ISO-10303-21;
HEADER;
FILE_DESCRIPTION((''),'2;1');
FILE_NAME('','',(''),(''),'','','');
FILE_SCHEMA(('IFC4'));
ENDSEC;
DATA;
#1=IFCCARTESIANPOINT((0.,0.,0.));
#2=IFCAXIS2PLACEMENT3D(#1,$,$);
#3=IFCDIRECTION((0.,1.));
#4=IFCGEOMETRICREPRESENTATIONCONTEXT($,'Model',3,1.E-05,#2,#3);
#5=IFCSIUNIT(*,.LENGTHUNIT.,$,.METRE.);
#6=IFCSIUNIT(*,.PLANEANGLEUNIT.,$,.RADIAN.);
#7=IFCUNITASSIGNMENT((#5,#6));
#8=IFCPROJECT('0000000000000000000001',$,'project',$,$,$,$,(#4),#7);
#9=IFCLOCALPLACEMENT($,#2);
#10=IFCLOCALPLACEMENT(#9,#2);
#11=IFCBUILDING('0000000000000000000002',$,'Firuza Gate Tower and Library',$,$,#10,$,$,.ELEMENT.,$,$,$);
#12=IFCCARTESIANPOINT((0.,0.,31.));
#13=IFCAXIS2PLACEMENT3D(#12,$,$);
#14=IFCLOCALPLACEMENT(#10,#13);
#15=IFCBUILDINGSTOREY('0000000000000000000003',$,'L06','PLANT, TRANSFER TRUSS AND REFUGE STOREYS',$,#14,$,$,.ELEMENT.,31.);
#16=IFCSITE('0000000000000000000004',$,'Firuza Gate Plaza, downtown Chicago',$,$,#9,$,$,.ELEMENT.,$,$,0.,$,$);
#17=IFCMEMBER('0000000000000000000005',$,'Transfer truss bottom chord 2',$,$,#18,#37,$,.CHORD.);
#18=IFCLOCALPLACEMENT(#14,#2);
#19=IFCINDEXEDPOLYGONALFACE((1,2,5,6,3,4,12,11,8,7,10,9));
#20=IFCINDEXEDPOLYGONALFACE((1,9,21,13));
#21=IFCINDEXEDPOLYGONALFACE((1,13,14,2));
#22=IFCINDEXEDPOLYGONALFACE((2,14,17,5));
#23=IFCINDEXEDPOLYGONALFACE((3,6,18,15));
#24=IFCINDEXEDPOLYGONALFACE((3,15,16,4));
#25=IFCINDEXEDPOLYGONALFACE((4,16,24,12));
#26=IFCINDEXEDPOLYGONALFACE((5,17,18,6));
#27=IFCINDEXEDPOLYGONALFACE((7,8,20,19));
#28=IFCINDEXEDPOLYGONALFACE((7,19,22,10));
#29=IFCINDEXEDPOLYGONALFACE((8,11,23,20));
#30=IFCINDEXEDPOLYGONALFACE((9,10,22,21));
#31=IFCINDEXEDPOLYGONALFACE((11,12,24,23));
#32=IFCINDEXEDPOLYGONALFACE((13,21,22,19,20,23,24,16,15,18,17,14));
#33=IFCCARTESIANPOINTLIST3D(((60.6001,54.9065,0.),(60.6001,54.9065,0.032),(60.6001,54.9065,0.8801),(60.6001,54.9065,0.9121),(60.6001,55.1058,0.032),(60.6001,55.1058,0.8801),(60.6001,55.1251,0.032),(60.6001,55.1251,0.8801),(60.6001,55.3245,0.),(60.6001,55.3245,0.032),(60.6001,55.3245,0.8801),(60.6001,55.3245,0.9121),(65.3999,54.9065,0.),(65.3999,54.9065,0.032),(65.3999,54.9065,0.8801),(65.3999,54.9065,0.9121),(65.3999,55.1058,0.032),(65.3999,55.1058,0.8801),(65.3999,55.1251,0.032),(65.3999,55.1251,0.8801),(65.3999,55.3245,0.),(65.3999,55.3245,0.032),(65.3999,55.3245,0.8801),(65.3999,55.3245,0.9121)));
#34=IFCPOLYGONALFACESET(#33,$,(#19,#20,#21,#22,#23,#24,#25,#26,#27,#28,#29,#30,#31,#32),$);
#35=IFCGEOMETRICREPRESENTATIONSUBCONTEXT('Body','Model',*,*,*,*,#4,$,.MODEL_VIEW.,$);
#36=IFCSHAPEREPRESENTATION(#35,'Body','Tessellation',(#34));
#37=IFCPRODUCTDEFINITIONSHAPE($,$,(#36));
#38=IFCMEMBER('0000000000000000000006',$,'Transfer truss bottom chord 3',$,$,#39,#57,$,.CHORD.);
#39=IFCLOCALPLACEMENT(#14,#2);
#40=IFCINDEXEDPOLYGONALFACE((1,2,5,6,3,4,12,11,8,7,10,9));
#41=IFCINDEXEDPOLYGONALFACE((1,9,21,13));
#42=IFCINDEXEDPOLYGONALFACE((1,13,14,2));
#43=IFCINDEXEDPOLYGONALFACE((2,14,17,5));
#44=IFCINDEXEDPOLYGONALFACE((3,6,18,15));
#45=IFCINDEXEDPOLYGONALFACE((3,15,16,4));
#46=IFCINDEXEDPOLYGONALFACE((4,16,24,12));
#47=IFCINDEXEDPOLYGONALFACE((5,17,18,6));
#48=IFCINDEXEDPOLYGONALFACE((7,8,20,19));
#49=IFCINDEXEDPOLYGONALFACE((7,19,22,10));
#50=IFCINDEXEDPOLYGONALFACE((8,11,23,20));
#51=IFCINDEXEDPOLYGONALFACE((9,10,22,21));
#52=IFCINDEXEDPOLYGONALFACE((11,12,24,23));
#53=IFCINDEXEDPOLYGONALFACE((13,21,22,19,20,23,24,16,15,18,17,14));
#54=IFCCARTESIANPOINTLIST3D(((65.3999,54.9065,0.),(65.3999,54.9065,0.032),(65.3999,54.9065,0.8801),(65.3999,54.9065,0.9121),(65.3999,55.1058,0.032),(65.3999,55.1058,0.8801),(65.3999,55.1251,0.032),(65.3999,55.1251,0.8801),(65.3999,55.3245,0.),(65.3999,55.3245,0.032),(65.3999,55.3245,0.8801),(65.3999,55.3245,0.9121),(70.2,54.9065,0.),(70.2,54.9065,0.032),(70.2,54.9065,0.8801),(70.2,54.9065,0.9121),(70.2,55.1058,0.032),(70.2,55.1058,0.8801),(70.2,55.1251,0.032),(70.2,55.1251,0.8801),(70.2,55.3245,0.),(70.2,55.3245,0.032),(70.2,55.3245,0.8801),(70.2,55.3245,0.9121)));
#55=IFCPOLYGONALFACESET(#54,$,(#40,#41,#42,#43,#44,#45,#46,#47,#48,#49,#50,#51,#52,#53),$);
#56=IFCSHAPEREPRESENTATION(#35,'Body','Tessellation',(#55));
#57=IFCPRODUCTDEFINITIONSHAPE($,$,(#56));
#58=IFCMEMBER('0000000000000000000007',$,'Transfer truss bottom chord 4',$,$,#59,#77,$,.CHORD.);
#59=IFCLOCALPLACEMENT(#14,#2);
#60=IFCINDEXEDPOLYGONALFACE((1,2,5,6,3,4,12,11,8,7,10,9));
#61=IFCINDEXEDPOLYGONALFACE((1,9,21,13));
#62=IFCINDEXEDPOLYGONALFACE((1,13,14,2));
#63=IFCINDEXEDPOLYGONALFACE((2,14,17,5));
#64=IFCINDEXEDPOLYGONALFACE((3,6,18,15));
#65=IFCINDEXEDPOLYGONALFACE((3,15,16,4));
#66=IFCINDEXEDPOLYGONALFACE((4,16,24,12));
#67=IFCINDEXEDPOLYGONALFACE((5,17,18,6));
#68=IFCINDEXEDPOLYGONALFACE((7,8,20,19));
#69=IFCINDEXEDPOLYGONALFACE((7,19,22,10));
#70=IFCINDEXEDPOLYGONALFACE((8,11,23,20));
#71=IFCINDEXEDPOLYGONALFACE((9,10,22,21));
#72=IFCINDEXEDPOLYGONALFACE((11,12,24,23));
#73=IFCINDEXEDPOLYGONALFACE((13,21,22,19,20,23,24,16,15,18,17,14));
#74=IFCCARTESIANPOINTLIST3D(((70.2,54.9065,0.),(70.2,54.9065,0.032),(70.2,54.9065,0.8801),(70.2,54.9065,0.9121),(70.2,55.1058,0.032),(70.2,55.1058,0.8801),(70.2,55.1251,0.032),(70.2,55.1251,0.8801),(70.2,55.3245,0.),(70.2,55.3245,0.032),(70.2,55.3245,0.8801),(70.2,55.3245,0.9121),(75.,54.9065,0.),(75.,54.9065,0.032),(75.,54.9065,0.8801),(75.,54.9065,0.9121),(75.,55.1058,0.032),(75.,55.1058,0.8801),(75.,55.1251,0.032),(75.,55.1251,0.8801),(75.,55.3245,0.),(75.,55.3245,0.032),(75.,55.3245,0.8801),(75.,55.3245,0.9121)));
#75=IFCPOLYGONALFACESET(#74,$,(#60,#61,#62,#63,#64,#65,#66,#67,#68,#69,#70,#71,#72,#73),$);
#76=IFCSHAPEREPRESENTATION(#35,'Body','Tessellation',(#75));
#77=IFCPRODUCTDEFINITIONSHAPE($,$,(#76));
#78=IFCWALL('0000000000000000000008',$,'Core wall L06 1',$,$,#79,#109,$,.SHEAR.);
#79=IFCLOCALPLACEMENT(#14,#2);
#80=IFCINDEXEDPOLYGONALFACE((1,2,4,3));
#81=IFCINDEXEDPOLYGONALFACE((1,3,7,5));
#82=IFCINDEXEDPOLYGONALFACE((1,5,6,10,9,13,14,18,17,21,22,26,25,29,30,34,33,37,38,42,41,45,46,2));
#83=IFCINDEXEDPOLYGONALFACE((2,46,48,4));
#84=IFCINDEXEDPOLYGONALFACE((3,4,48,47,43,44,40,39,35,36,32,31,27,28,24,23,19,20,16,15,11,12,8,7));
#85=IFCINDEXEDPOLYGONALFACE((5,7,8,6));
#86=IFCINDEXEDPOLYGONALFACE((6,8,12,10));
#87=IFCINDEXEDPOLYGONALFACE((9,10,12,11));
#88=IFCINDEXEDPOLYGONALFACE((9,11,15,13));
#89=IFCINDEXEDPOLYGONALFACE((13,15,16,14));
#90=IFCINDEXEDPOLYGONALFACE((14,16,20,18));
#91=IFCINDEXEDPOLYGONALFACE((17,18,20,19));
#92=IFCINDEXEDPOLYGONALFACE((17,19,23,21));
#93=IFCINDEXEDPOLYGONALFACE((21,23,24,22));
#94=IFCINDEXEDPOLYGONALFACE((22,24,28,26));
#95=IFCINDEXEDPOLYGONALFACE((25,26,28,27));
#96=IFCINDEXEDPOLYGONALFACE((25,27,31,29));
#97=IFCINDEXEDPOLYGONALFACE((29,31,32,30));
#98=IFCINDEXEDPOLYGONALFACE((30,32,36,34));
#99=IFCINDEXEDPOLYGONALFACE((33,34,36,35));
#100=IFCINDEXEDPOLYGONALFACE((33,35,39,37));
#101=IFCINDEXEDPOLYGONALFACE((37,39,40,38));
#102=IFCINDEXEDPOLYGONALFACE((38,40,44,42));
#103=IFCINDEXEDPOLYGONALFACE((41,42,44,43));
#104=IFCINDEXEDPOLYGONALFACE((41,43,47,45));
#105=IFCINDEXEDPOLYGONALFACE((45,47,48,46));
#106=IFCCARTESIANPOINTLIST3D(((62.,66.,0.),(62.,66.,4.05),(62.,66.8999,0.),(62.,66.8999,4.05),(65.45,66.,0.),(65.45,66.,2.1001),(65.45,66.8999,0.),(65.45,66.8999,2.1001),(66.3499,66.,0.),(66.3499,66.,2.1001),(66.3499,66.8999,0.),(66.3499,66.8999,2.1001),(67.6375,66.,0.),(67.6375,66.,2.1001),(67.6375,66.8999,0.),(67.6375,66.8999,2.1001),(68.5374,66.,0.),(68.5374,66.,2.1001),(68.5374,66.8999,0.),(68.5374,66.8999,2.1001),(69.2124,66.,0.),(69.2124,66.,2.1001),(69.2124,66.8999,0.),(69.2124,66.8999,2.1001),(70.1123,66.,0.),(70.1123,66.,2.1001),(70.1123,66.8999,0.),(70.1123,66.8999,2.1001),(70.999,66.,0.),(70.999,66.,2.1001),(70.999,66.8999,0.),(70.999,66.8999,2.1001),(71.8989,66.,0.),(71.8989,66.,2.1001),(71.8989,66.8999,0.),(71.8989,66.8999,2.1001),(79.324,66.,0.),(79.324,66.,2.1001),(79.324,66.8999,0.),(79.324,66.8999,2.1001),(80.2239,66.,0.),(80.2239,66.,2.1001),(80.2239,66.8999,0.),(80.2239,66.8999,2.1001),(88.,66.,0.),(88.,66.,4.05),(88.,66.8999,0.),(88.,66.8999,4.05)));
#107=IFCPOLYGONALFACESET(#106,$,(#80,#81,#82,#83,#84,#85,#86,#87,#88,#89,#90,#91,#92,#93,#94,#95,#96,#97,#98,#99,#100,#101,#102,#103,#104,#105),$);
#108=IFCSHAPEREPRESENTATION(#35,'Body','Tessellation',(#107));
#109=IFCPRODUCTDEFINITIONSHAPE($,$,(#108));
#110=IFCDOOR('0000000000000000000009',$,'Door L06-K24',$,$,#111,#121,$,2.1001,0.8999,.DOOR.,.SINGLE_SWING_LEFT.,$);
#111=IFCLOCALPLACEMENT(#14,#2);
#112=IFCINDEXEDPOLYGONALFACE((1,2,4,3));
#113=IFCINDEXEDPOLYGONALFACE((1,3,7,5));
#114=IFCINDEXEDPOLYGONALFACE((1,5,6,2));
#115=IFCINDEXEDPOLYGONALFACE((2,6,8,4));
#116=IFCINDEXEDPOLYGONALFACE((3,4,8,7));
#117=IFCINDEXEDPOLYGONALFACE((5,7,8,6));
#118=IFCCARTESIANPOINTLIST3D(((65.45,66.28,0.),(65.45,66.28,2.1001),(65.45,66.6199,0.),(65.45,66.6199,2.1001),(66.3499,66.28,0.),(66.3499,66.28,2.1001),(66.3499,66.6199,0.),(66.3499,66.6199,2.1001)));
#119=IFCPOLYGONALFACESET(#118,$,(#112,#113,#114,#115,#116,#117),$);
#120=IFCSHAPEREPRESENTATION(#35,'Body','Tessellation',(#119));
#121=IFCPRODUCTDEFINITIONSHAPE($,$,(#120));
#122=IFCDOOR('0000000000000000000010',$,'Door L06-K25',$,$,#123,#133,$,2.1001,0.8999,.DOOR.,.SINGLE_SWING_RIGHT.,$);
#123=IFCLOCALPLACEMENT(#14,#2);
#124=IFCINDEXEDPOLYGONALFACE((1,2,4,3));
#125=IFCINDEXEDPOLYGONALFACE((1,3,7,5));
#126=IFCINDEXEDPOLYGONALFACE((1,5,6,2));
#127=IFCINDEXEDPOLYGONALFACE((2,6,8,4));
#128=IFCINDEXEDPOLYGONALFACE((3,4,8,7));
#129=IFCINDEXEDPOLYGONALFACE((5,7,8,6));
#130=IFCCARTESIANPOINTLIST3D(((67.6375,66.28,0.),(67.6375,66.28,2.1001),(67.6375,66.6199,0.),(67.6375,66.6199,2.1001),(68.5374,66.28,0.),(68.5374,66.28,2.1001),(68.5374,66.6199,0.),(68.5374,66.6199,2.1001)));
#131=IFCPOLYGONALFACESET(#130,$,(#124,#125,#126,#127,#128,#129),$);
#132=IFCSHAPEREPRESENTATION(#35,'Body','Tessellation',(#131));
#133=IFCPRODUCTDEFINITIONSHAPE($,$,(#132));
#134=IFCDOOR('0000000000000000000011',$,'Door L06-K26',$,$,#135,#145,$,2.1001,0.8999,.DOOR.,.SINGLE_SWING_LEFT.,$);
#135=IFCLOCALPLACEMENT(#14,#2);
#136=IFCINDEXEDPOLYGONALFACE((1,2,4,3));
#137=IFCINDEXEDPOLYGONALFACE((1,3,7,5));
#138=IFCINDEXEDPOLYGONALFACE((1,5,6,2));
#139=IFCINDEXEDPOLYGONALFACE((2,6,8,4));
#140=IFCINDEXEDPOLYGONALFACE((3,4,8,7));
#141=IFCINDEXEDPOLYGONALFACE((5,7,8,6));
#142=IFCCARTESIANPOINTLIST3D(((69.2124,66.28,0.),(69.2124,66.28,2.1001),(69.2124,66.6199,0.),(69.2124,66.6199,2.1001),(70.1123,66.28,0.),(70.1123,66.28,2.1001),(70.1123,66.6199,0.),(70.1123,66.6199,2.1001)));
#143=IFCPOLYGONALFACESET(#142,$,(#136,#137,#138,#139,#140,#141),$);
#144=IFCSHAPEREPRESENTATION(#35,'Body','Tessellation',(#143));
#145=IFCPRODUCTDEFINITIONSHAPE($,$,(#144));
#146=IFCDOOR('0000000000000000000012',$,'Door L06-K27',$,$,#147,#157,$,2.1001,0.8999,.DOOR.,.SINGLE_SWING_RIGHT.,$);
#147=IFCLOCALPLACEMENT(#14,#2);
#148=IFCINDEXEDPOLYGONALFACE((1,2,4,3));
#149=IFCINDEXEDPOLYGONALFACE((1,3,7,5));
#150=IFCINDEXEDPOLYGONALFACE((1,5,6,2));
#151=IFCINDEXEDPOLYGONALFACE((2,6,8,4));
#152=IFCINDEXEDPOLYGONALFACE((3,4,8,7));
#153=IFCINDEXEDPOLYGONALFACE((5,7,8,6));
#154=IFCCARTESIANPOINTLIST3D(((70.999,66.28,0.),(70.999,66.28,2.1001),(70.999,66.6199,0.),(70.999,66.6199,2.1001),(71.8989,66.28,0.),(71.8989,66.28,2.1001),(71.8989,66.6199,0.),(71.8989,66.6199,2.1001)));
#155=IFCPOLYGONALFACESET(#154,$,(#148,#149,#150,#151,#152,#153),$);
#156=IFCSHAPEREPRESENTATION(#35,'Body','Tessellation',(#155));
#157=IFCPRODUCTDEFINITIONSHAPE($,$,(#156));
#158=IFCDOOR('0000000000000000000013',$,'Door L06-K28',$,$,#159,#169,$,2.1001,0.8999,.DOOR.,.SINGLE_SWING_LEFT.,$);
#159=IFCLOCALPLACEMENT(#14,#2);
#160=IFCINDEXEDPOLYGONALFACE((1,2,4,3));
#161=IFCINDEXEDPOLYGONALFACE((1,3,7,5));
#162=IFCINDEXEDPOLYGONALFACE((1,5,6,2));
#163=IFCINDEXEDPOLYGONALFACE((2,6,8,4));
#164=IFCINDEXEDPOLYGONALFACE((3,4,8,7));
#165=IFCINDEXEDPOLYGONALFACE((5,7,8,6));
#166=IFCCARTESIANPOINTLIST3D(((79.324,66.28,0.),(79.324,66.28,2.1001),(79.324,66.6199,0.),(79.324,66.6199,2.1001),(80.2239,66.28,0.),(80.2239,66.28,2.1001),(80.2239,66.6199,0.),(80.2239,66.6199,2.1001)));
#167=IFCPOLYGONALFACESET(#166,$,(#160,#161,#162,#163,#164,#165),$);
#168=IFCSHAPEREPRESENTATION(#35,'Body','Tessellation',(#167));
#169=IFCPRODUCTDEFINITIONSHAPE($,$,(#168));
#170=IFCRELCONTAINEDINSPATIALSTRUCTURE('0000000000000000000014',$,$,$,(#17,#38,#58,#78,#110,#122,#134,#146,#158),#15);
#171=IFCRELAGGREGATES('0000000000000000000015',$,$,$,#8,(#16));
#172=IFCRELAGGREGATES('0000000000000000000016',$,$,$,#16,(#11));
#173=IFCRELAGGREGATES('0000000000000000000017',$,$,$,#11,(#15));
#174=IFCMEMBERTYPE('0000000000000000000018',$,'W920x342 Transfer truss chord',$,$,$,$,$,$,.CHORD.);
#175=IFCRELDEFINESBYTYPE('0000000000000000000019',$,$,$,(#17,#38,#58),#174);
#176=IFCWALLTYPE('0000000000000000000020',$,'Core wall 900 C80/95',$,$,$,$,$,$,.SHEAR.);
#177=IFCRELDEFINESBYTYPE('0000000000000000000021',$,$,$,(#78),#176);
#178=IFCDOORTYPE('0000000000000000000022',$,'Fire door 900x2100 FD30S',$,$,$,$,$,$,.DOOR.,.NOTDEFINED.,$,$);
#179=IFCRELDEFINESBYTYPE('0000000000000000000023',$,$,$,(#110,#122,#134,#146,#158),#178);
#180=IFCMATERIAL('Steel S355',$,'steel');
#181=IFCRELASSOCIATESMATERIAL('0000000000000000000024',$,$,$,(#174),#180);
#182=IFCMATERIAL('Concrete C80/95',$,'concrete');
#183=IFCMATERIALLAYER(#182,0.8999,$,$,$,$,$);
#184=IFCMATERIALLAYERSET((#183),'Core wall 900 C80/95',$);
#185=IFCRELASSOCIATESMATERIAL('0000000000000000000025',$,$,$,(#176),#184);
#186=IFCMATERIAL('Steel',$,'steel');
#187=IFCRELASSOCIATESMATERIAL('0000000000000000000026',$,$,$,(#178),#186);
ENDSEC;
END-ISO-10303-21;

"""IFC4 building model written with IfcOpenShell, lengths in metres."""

from ifc_helpers import new_model, si_unit, direction, frame, frame_2d, origin, origin_2d, place, context, subcontext, project, spatial, rectangle, i_section, extrude, material, layer, layer_set, material_profile, profile_set, type_object, element, fill, save


model = new_model("IFC4")

# Units and contexts
model_context = context("Model", 3, precision=1e-05, world=origin(), true_north=direction((0.0, 1.0)))
body_context = subcontext(model_context, "Body", "Model", "MODEL_VIEW")
ifc_project = project(units=[si_unit("LENGTHUNIT", "METRE"), si_unit("PLANEANGLEUNIT", "RADIAN")], contexts=[model_context])

# Site, building, storey
site_placement = place(None, origin())
site = spatial("IfcSite", under=ifc_project, at=site_placement, Name="Firuza Gate Plaza, downtown Chicago", CompositionType="ELEMENT", RefElevation=0.0)
building_placement = place(site_placement, origin())
building = spatial("IfcBuilding", under=site, at=building_placement, Name="Firuza Gate Tower and Library", CompositionType="ELEMENT")
storey_placement = place(building_placement, frame((0.0, 0.0, 31.0)))
storey = spatial("IfcBuildingStorey", under=building, at=storey_placement, Name="L06", Description="PLANT, TRANSFER TRUSS AND REFUGE STOREYS", CompositionType="ELEMENT", Elevation=31.0)

# Members
ifc_material_1 = material(Name="Steel S355", Category="steel")
ifc_material_profile_1 = material_profile(ifc_material_1, i_section(OverallWidth=0.418, OverallDepth=0.9121, WebThickness=0.0193, FlangeThickness=0.032, at=origin_2d()))
ifc_profile_set_1 = profile_set([ifc_material_profile_1], Name="Steel S355")
member_type_1 = type_object("IfcMemberType", Name="W920x342 Transfer truss chord", PredefinedType="CHORD", material=ifc_profile_set_1)
member_1_placement = place(storey_placement, frame((60.6001, 55.1155, 0.4561), z_axis=(1.0, 0.0, 0.0), x_axis=(0.0, 1.0, 0.0)))
element("IfcMember", 1, at=member_1_placement, inside=storey, type_object=member_type_1, Name="Transfer truss bottom chord 2", PredefinedType="CHORD", context=body_context, shape_type="SweptSolid", body=[
    extrude(i_section(OverallWidth=0.418, OverallDepth=0.9121, WebThickness=0.0193, FlangeThickness=0.032, at=origin_2d()), origin(), (0.0, 0.0, 1.0), 4.7998),
])
for number, where, z_axis, x_axis, name in (
    (2, (65.3999, 55.1155, 0.4561), (1.0, 0.0, 0.0), (0.0, 1.0, 0.0), "Transfer truss bottom chord 3"),
    (3, (70.2, 55.1155, 0.4561), (1.0, 0.0, 0.0), (0.0, 1.0, 0.0), "Transfer truss bottom chord 4"),
):
    element("IfcMember", number, at=place(storey_placement, frame(where, z_axis=z_axis, x_axis=x_axis)), inside=storey, type_object=member_type_1, Name=name, PredefinedType="CHORD", context=body_context, shape_type="SweptSolid", body=[
        extrude(i_section(OverallWidth=0.418, OverallDepth=0.9121, WebThickness=0.0193, FlangeThickness=0.032, at=origin_2d()), origin(), (0.0, 0.0, 1.0), 4.8),
    ])

# Wall, openings, doors
ifc_material_2 = material(Name="Concrete C80/95", Category="concrete")
ifc_layer_1 = layer(ifc_material_2, 0.8999)
ifc_layer_set_1 = layer_set([ifc_layer_1], Name="Core wall 900 C80/95")
wall_type_1 = type_object("IfcWallType", Name="Core wall 900 C80/95", PredefinedType="SHEAR", material=ifc_layer_set_1)
wall_1_placement = place(storey_placement, frame((62.0, 66.45, 0.0), z_axis=(0.0, 0.0, 1.0), x_axis=(1.0, 0.0, 0.0)))
wall_1 = element("IfcWall", 4, at=wall_1_placement, inside=storey, type_object=wall_type_1, Name="Core wall L06 1", PredefinedType="SHEAR", context=body_context, shape_type="SweptSolid", body=[
    extrude(rectangle(XDim=26.0, YDim=0.8999, at=frame_2d((13.0, 0.0))), origin(), (0.0, 0.0, 1.0), 4.05),
])
opening_1_placement = place(wall_1_placement, frame((3.45, 0.0, 0.0)))
opening_1 = element("IfcOpeningElement", 5, at=opening_1_placement, cuts=wall_1, PredefinedType="OPENING", context=body_context, shape_type="SweptSolid", body=[
    extrude(rectangle(XDim=0.8999, YDim=2.1001, at=frame_2d((0.45, 1.05))), frame((0.0, 0.46, 0.0), z_axis=(0.0, -1.0, 0.0), x_axis=(1.0, 0.0, 0.0)), (0.0, 0.0, 1.0), 0.9199),
])
opening_2_placement = place(wall_1_placement, frame((5.6375, 0.0, 0.0)))
opening_2 = element("IfcOpeningElement", 6, at=opening_2_placement, cuts=wall_1, PredefinedType="OPENING", context=body_context, shape_type="SweptSolid", body=[
    extrude(rectangle(XDim=0.8999, YDim=2.1001, at=frame_2d((0.45, 1.05))), frame((0.0, 0.46, 0.0), z_axis=(0.0, -1.0, 0.0), x_axis=(1.0, 0.0, 0.0)), (0.0, 0.0, 1.0), 0.9199),
])
opening_3_placement = place(wall_1_placement, frame((7.2124, 0.0, 0.0)))
opening_3 = element("IfcOpeningElement", 7, at=opening_3_placement, cuts=wall_1, PredefinedType="OPENING", context=body_context, shape_type="SweptSolid", body=[
    extrude(rectangle(XDim=0.8999, YDim=2.1001, at=frame_2d((0.45, 1.05))), frame((0.0, 0.46, 0.0), z_axis=(0.0, -1.0, 0.0), x_axis=(1.0, 0.0, 0.0)), (0.0, 0.0, 1.0), 0.9199),
])
opening_4_placement = place(wall_1_placement, frame((8.999, 0.0, 0.0)))
opening_4 = element("IfcOpeningElement", 8, at=opening_4_placement, cuts=wall_1, PredefinedType="OPENING", context=body_context, shape_type="SweptSolid", body=[
    extrude(rectangle(XDim=0.8999, YDim=2.1001, at=frame_2d((0.45, 1.05))), frame((0.0, 0.46, 0.0), z_axis=(0.0, -1.0, 0.0), x_axis=(1.0, 0.0, 0.0)), (0.0, 0.0, 1.0), 0.9199),
])
opening_5_placement = place(wall_1_placement, frame((17.324, 0.0, 0.0)))
opening_5 = element("IfcOpeningElement", 9, at=opening_5_placement, cuts=wall_1, PredefinedType="OPENING", context=body_context, shape_type="SweptSolid", body=[
    extrude(rectangle(XDim=0.8999, YDim=2.1001, at=frame_2d((0.45, 1.05))), frame((0.0, 0.46, 0.0), z_axis=(0.0, -1.0, 0.0), x_axis=(1.0, 0.0, 0.0)), (0.0, 0.0, 1.0), 0.9199),
])
ifc_material_3 = material(Name="Steel", Category="steel")
door_type = type_object("IfcDoorType", Name="Fire door 900x2100 FD30S", OperationType="NOTDEFINED", PredefinedType="DOOR", material=ifc_material_3)
door_1_placement = place(opening_1_placement, origin())
door_1 = element("IfcDoor", 10, at=door_1_placement, inside=storey, type_object=door_type, Name="Door L06-K24", OperationType="SINGLE_SWING_LEFT", OverallHeight=2.1001, OverallWidth=0.8999, PredefinedType="DOOR", context=body_context, shape_type="SweptSolid", body=[
    extrude(rectangle(XDim=0.8999, YDim=2.1001, at=frame_2d((0.45, 1.05))), frame((0.0, 0.1699, 0.0), z_axis=(0.0, -1.0, 0.0), x_axis=(1.0, 0.0, 0.0)), (0.0, 0.0, 1.0), 0.3398),
])
fill(opening_1, door_1)
door_2_placement = place(opening_2_placement, origin())
door_2 = element("IfcDoor", 11, at=door_2_placement, inside=storey, type_object=door_type, Name="Door L06-K25", OperationType="SINGLE_SWING_RIGHT", OverallHeight=2.1001, OverallWidth=0.8999, PredefinedType="DOOR", context=body_context, shape_type="SweptSolid", body=[
    extrude(rectangle(XDim=0.8999, YDim=2.1001, at=frame_2d((0.45, 1.05))), frame((0.0, 0.1699, 0.0), z_axis=(0.0, -1.0, 0.0), x_axis=(1.0, 0.0, 0.0)), (0.0, 0.0, 1.0), 0.3398),
])
fill(opening_2, door_2)
door_3_placement = place(opening_3_placement, origin())
door_3 = element("IfcDoor", 12, at=door_3_placement, inside=storey, type_object=door_type, Name="Door L06-K26", OperationType="SINGLE_SWING_LEFT", OverallHeight=2.1001, OverallWidth=0.8999, PredefinedType="DOOR", context=body_context, shape_type="SweptSolid", body=[
    extrude(rectangle(XDim=0.8999, YDim=2.1001, at=frame_2d((0.45, 1.05))), frame((0.0, 0.1699, 0.0), z_axis=(0.0, -1.0, 0.0), x_axis=(1.0, 0.0, 0.0)), (0.0, 0.0, 1.0), 0.3398),
])
fill(opening_3, door_3)
door_4_placement = place(opening_4_placement, origin())
door_4 = element("IfcDoor", 13, at=door_4_placement, inside=storey, type_object=door_type, Name="Door L06-K27", OperationType="SINGLE_SWING_RIGHT", OverallHeight=2.1001, OverallWidth=0.8999, PredefinedType="DOOR", context=body_context, shape_type="SweptSolid", body=[
    extrude(rectangle(XDim=0.8999, YDim=2.1001, at=frame_2d((0.45, 1.05))), frame((0.0, 0.1699, 0.0), z_axis=(0.0, -1.0, 0.0), x_axis=(1.0, 0.0, 0.0)), (0.0, 0.0, 1.0), 0.3398),
])
fill(opening_4, door_4)
door_5_placement = place(opening_5_placement, origin())
door_5 = element("IfcDoor", 14, at=door_5_placement, inside=storey, type_object=door_type, Name="Door L06-K28", OperationType="SINGLE_SWING_LEFT", OverallHeight=2.1001, OverallWidth=0.8999, PredefinedType="DOOR", context=body_context, shape_type="SweptSolid", body=[
    extrude(rectangle(XDim=0.8999, YDim=2.1001, at=frame_2d((0.45, 1.05))), frame((0.0, 0.1699, 0.0), z_axis=(0.0, -1.0, 0.0), x_axis=(1.0, 0.0, 0.0)), (0.0, 0.0, 1.0), 0.3398),
])
fill(opening_5, door_5)

save(model, "model.ifc")
